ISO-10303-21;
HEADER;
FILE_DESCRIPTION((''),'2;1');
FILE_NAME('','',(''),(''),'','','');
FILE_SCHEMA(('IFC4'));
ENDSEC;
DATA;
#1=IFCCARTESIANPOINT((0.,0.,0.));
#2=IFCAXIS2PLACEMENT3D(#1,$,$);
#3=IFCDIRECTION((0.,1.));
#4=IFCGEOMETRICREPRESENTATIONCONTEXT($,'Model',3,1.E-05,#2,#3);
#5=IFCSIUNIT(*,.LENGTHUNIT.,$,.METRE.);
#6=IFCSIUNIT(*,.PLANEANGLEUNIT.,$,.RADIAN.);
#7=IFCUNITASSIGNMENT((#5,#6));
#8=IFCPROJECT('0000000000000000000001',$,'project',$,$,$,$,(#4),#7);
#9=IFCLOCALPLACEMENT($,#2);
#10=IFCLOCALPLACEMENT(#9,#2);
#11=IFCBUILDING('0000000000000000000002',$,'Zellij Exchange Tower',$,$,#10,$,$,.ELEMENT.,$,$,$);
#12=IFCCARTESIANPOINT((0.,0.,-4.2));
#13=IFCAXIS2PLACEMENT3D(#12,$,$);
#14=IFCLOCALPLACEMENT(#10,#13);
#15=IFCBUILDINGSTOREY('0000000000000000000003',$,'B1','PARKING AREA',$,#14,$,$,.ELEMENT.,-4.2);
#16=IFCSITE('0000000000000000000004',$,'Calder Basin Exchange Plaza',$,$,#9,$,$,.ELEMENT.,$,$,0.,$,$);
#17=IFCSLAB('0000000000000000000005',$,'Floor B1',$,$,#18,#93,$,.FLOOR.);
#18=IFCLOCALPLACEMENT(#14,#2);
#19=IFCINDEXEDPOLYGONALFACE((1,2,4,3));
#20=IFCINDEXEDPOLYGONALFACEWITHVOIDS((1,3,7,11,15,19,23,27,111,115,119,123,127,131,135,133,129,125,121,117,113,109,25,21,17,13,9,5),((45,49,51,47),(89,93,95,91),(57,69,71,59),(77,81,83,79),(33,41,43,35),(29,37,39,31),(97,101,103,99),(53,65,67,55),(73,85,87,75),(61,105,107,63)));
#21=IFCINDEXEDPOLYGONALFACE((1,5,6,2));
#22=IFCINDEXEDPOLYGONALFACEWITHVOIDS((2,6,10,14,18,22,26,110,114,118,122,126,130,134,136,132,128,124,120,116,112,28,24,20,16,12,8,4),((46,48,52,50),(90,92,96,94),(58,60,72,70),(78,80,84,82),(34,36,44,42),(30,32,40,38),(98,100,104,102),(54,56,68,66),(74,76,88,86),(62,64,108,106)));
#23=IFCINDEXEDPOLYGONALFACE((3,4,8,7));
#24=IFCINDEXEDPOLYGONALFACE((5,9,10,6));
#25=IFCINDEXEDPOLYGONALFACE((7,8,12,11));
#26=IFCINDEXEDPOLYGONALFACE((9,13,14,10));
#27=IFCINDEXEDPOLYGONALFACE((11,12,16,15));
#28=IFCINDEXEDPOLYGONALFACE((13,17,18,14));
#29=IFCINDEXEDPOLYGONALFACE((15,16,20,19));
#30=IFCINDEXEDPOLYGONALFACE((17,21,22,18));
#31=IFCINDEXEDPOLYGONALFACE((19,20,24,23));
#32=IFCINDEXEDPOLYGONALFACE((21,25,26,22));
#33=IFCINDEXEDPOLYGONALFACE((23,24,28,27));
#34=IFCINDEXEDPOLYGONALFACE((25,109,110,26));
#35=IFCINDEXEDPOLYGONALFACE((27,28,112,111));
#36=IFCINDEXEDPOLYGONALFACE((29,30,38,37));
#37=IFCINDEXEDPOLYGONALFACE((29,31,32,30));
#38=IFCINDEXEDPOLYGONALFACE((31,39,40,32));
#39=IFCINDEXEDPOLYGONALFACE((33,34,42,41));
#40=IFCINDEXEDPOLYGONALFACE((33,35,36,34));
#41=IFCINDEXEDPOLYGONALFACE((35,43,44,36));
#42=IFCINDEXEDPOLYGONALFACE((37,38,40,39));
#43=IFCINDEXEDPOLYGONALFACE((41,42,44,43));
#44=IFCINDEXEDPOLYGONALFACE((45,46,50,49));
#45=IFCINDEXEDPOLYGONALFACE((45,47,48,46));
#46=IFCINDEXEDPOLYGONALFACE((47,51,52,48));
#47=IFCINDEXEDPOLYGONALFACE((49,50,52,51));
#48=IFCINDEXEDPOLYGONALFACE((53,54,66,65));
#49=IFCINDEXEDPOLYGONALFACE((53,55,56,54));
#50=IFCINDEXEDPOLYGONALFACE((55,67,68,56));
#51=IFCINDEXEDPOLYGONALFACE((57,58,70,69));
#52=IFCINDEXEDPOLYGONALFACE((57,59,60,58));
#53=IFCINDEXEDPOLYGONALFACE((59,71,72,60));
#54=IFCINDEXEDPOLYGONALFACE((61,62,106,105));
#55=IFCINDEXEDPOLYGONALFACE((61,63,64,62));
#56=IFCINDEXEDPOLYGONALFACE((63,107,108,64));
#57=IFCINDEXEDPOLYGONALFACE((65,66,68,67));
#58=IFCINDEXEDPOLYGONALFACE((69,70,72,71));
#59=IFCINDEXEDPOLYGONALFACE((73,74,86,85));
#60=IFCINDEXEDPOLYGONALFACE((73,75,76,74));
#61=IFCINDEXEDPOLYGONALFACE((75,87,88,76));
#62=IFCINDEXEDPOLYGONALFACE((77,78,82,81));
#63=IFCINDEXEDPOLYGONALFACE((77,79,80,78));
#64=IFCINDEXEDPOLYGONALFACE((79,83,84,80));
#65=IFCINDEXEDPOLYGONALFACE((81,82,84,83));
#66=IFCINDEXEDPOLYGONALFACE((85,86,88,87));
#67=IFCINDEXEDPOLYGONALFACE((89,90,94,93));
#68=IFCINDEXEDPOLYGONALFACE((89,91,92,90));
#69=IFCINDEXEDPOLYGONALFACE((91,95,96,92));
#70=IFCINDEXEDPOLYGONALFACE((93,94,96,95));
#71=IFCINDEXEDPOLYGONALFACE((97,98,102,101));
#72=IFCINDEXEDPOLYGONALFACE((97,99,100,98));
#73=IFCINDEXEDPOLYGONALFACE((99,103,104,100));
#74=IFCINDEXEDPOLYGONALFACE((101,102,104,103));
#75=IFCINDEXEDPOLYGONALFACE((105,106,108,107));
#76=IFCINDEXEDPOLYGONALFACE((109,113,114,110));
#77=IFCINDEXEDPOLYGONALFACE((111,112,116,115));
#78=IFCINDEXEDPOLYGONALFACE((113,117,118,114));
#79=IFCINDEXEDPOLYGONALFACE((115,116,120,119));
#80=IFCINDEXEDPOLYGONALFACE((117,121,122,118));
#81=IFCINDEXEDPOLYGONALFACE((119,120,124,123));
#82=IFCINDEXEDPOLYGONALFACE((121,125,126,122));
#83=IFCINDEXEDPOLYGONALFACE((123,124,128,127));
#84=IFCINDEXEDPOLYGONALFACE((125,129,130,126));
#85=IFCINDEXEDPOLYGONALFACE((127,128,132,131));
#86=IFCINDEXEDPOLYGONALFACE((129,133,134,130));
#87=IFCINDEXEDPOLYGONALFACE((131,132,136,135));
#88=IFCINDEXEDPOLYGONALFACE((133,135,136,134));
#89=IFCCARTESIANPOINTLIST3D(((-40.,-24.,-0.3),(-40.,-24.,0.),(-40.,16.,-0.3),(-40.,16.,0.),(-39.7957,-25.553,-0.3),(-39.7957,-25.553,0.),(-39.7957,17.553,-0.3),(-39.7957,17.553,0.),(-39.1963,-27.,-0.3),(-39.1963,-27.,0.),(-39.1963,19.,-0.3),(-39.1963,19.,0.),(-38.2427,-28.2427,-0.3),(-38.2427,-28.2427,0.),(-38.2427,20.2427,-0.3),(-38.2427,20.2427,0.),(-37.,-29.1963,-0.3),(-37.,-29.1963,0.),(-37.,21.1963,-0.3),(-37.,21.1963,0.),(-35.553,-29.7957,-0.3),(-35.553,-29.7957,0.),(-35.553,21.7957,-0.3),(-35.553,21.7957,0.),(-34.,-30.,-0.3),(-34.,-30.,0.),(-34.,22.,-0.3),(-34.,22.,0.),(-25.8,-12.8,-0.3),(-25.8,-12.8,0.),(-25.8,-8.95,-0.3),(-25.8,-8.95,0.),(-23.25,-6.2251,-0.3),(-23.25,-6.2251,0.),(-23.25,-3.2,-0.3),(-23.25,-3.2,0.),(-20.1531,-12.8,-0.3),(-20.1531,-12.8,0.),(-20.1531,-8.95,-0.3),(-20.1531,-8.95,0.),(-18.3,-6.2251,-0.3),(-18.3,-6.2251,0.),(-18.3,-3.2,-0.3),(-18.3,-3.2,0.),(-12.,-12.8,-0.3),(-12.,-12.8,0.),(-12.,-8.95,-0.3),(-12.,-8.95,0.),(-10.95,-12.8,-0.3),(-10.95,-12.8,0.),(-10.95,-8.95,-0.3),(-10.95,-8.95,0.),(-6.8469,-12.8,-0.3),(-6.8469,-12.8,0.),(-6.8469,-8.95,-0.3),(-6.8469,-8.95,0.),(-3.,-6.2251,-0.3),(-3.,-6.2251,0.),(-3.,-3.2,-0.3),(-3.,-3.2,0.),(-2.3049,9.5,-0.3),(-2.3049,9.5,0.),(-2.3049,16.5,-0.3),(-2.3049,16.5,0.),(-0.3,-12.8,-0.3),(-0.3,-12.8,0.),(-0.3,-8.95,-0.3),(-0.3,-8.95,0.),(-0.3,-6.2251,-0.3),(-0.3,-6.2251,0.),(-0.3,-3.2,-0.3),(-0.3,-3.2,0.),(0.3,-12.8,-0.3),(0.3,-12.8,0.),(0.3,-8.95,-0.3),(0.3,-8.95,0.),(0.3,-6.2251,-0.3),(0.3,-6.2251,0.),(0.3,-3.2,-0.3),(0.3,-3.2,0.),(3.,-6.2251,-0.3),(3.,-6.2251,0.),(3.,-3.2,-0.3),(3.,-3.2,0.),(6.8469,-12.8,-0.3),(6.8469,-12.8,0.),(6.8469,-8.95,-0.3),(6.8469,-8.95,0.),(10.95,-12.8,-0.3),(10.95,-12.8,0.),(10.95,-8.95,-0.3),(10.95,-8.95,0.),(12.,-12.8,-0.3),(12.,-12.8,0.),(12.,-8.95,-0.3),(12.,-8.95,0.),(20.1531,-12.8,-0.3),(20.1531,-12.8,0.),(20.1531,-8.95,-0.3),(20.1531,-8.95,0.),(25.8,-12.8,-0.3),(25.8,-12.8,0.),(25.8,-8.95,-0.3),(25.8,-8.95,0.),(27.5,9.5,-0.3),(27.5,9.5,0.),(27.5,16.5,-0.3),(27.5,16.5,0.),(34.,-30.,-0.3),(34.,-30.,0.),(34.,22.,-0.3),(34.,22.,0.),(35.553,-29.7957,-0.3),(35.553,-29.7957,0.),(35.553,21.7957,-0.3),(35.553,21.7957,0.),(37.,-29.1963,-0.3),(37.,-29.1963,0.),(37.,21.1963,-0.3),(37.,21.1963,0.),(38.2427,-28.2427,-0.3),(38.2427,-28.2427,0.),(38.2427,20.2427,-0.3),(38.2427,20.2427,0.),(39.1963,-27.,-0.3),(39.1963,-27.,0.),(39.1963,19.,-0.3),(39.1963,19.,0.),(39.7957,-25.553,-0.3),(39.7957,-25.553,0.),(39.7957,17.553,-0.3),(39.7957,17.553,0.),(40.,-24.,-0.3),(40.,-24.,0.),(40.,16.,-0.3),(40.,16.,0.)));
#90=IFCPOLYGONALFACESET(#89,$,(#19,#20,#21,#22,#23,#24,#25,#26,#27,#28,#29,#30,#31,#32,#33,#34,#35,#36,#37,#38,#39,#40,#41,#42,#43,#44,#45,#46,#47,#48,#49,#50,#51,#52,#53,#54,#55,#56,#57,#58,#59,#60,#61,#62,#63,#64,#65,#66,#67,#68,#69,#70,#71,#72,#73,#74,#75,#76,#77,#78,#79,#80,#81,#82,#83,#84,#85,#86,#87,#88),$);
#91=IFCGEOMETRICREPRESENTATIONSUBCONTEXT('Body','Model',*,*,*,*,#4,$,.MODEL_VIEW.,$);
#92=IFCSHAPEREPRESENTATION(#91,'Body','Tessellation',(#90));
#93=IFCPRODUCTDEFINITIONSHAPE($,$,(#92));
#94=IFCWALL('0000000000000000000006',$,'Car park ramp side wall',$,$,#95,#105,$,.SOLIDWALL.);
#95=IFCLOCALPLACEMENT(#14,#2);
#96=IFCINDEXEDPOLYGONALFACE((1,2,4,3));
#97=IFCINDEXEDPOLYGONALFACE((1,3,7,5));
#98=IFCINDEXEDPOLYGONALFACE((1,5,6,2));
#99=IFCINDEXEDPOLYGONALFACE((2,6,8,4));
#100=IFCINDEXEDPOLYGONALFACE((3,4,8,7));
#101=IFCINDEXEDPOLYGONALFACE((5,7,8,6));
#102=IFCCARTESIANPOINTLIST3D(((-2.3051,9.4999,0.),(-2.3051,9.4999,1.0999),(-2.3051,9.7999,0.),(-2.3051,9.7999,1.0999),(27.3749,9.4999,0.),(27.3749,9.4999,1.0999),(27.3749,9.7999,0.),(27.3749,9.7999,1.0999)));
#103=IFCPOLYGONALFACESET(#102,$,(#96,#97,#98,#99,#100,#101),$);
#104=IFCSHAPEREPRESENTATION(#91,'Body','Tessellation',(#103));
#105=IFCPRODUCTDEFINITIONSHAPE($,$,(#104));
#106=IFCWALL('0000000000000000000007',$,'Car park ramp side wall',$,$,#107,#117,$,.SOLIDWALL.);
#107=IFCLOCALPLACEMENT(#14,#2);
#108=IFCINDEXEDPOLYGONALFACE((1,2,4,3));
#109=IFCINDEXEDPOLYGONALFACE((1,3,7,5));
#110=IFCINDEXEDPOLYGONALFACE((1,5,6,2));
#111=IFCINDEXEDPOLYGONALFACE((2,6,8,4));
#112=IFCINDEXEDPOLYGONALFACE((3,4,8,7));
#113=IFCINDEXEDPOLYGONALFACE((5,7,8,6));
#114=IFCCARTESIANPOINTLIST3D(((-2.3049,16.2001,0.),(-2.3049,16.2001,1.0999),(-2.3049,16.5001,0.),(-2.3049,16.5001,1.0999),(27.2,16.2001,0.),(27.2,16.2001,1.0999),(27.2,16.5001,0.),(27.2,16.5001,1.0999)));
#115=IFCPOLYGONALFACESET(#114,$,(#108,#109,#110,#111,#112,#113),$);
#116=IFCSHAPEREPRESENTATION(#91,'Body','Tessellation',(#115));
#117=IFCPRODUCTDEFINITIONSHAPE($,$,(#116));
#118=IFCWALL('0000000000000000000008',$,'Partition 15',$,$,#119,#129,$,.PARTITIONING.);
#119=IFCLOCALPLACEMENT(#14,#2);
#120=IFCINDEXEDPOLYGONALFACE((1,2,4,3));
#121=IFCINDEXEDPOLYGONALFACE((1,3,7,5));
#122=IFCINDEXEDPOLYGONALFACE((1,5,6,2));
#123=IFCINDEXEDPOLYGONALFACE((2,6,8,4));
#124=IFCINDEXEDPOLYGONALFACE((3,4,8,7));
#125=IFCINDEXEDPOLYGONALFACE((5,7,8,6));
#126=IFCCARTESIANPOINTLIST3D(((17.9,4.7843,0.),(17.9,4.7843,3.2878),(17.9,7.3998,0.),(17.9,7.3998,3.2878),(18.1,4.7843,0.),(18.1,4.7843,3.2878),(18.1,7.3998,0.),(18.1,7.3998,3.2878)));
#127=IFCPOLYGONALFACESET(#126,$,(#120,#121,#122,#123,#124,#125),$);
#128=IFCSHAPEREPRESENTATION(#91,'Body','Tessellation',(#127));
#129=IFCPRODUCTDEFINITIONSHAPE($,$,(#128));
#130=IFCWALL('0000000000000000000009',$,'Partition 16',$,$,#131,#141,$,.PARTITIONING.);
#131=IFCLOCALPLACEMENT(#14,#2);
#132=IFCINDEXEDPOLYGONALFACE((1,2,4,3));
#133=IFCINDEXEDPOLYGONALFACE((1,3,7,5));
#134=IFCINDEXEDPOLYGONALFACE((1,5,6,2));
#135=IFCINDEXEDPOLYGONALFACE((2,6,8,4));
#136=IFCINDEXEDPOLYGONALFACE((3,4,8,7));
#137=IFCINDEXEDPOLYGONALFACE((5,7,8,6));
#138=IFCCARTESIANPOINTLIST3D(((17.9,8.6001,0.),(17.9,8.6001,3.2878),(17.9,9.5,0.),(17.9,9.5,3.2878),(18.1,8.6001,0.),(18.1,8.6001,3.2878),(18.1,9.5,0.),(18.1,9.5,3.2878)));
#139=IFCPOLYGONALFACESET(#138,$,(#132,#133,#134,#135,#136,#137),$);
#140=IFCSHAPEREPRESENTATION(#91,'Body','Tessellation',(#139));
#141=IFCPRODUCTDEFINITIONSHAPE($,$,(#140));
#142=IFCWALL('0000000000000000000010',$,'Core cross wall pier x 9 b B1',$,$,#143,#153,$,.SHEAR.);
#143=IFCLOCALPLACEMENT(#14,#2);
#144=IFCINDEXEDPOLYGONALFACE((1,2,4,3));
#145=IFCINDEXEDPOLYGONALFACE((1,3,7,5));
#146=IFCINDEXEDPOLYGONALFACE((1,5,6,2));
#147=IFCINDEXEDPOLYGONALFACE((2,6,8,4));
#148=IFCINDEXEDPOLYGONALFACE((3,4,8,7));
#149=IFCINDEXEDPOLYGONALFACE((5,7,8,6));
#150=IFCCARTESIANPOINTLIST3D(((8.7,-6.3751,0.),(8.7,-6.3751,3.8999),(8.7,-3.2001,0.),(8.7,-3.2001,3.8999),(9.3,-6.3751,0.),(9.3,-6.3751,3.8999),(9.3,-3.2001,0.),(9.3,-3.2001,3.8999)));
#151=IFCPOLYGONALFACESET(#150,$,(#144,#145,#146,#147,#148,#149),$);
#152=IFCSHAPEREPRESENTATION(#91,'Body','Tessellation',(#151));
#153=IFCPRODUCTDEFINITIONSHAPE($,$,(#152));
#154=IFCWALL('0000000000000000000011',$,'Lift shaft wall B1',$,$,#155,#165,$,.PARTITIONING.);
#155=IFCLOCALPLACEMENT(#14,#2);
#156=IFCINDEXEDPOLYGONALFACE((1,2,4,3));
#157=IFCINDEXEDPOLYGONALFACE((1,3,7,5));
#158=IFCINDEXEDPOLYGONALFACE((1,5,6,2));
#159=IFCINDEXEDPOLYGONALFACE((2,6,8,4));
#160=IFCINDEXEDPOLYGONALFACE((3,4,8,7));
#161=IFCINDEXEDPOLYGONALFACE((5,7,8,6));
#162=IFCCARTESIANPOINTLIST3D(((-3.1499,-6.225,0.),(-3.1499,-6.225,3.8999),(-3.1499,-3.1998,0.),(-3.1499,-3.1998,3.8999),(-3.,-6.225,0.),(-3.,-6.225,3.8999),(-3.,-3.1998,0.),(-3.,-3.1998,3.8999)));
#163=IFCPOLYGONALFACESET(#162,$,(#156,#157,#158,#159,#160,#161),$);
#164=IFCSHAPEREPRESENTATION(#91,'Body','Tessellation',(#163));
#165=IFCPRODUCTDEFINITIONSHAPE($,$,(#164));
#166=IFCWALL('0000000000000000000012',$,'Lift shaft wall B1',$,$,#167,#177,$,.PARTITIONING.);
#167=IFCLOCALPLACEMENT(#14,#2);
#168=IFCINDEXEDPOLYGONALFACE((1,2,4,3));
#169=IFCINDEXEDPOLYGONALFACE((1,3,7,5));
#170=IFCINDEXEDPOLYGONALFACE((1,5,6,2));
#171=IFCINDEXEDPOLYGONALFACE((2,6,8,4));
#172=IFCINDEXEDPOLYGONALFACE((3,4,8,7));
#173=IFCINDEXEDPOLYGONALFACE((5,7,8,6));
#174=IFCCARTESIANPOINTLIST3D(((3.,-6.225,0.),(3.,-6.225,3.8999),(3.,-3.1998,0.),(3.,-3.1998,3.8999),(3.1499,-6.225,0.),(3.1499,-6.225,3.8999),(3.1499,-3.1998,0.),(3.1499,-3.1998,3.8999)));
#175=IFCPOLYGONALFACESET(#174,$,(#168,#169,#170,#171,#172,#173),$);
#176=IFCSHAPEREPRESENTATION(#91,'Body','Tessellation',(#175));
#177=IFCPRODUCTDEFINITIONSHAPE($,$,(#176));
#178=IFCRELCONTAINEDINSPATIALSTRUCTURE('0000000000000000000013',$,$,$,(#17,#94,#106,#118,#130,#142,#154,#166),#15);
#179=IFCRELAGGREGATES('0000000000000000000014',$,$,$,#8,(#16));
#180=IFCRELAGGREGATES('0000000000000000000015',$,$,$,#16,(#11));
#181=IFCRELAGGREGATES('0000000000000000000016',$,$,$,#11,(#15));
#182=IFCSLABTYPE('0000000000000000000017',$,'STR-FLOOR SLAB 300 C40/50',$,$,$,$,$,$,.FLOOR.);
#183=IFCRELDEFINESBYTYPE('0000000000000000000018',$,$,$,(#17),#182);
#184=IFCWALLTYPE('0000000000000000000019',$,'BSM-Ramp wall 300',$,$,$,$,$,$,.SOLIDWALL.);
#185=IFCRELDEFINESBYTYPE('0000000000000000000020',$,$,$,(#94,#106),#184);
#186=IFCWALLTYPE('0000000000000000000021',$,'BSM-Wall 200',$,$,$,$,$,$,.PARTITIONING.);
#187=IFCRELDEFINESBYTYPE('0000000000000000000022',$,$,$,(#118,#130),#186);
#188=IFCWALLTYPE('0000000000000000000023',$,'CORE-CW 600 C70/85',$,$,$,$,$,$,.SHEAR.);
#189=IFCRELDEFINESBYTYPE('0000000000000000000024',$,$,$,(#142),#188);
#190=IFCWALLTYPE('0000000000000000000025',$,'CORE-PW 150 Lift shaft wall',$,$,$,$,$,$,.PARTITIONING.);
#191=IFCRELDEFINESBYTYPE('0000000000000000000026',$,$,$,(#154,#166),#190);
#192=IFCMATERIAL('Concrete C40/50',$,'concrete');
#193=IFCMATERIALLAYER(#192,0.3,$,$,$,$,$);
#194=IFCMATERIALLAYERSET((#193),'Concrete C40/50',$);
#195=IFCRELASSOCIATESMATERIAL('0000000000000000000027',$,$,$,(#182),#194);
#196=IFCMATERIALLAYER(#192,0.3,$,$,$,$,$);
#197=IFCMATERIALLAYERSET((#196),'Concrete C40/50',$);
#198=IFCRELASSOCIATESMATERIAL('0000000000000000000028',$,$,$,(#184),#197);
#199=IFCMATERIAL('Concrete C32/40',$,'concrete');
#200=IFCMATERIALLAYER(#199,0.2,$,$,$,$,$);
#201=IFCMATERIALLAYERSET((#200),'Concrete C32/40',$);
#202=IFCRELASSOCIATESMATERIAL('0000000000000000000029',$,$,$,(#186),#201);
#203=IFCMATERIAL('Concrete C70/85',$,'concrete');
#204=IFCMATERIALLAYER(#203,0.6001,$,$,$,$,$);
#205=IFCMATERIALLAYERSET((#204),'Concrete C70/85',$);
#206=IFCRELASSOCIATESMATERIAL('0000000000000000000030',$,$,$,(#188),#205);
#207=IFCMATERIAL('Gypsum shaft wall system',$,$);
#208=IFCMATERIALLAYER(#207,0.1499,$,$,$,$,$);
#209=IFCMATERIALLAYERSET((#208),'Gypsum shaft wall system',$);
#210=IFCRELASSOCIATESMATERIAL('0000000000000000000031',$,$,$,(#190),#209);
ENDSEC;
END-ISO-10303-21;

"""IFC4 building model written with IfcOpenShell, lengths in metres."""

from ifc_helpers import new_model, si_unit, direction, frame, frame_2d, origin, place, context, subcontext, project, spatial, polyline, rectangle, outline, extrude, material, layer, layer_set, type_object, element, save


model = new_model("IFC4")

# Units and contexts
model_context = context("Model", 3, precision=1e-05, world=origin(), true_north=direction((0.0, 1.0)))
body_context = subcontext(model_context, "Body", "Model", "MODEL_VIEW")
ifc_project = project(units=[si_unit("LENGTHUNIT", "METRE"), si_unit("PLANEANGLEUNIT", "RADIAN")], contexts=[model_context])

# Site, building, storey
site_placement = place(None, origin())
site = spatial("IfcSite", under=ifc_project, at=site_placement, Name="Calder Basin Exchange Plaza", CompositionType="ELEMENT", RefElevation=0.0)
building_placement = place(site_placement, origin())
building = spatial("IfcBuilding", under=site, at=building_placement, Name="Zellij Exchange Tower", CompositionType="ELEMENT")
storey_placement = place(building_placement, frame((0.0, 0.0, -4.2)))
storey = spatial("IfcBuildingStorey", under=building, at=storey_placement, Name="B1", Description="PARKING AREA", CompositionType="ELEMENT", Elevation=-4.2)

# Shared definitions
ifc_material_1 = material(Name="Concrete C70/85", Category="concrete")

# Shared definitions
ifc_material_2 = material(Name="Concrete C40/50", Category="concrete")

# Slab
ifc_layer_1 = layer(ifc_material_2, 0.3)
ifc_layer_set_1 = layer_set([ifc_layer_1], Name="Concrete C40/50")
slab_type_1 = type_object("IfcSlabType", Name="STR-FLOOR SLAB 300 C40/50", PredefinedType="FLOOR", material=ifc_layer_set_1)
slab_1_placement = place(storey_placement, frame((0.0, 0.0, -0.3)))
element("IfcSlab", 1, at=slab_1_placement, inside=storey, type_object=slab_type_1, Name="Floor B1", PredefinedType="FLOOR", context=body_context, shape_type="SweptSolid", body=[
    extrude(outline(polyline([(-34.0, -30.0), (-35.553, -29.7957), (-37.0, -29.1963), (-38.2427, -28.2427), (-39.1963, -27.0), (-39.7957, -25.553), (-40.0, -24.0), (-40.0, 16.0), (-39.7957, 17.553), (-39.1963, 19.0), (-38.2427, 20.2427), (-37.0, 21.1963), (-35.553, 21.7957), (-34.0, 22.0), (34.0, 22.0), (35.553, 21.7957), (37.0, 21.1963), (38.2427, 20.2427), (39.1963, 19.0), (39.7957, 17.553), (40.0, 16.0), (40.0, -24.0), (39.7957, -25.553), (39.1963, -27.0), (38.2427, -28.2427), (37.0, -29.1963), (35.553, -29.7957), (34.0, -30.0), (-34.0, -30.0)]), holes=[polyline([(-25.8, -8.95), (-25.8, -12.8), (-20.1531, -12.8), (-20.1531, -8.95), (-25.8, -8.95)]), polyline([(-12.0, -8.95), (-12.0, -12.8), (-10.95, -12.8), (-10.95, -8.95), (-12.0, -8.95)]), polyline([(-6.8469, -8.95), (-6.8469, -12.8), (-0.3, -12.8), (-0.3, -8.95), (-6.8469, -8.95)]), polyline([(6.8469, -8.95), (0.3, -8.95), (0.3, -12.8), (6.8469, -12.8), (6.8469, -8.95)]), polyline([(12.0, -8.95), (10.95, -8.95), (10.95, -12.8), (12.0, -12.8), (12.0, -8.95)]), polyline([(20.1531, -8.95), (20.1531, -12.8), (25.8, -12.8), (25.8, -8.95), (20.1531, -8.95)]), polyline([(-23.25, -3.2), (-23.25, -6.2251), (-18.3, -6.2251), (-18.3, -3.2), (-23.25, -3.2)]), polyline([(-3.0, -3.2), (-3.0, -6.2251), (-0.3, -6.2251), (-0.3, -3.2), (-3.0, -3.2)]), polyline([(3.0, -3.2), (0.3, -3.2), (0.3, -6.2251), (3.0, -6.2251), (3.0, -3.2)]), polyline([(27.5, 16.5), (-2.3049, 16.5), (-2.3049, 9.5), (27.5, 9.5), (27.5, 16.5)])]), origin(), (0.0, 0.0, 1.0), 0.3),
])

# Walls
ifc_layer_2 = layer(ifc_material_2, 0.3)
ifc_layer_set_2 = layer_set([ifc_layer_2], Name="Concrete C40/50")
wall_type_1 = type_object("IfcWallType", Name="BSM-Ramp wall 300", PredefinedType="SOLIDWALL", material=ifc_layer_set_2)
wall_1_placement = place(storey_placement, frame((-2.3049, 9.6499, 0.0), z_axis=(0.0, 0.0, 1.0), x_axis=(1.0, 0.0, 0.0)))
element("IfcWall", 2, at=wall_1_placement, inside=storey, type_object=wall_type_1, Name="Car park ramp side wall", PredefinedType="SOLIDWALL", context=body_context, shape_type="SweptSolid", body=[
    extrude(rectangle(XDim=29.6799, YDim=0.3, at=frame_2d((14.8398, 0.0))), origin(), (0.0, 0.0, 1.0), 1.0999),
])
wall_2_placement = place(storey_placement, frame((-2.3049, 16.3501, 0.0), z_axis=(0.0, 0.0, 1.0), x_axis=(1.0, 0.0, 0.0)))
element("IfcWall", 3, at=wall_2_placement, inside=storey, type_object=wall_type_1, Name="Car park ramp side wall", PredefinedType="SOLIDWALL", context=body_context, shape_type="SweptSolid", body=[
    extrude(rectangle(XDim=29.5049, YDim=0.3, at=frame_2d((14.7524, 0.0))), origin(), (0.0, 0.0, 1.0), 1.0999),
])
ifc_material_3 = material(Name="Concrete C32/40", Category="concrete")
ifc_layer_3 = layer(ifc_material_3, 0.2)
ifc_layer_set_3 = layer_set([ifc_layer_3], Name="Concrete C32/40")
wall_type_2 = type_object("IfcWallType", Name="BSM-Wall 200", PredefinedType="PARTITIONING", material=ifc_layer_set_3)
wall_3_placement = place(storey_placement, frame((18.0, 4.7844, 0.0), z_axis=(0.0, 0.0, 1.0), x_axis=(0.0, 1.0, 0.0)))
element("IfcWall", 4, at=wall_3_placement, inside=storey, type_object=wall_type_2, Name="Partition 15", PredefinedType="PARTITIONING", context=body_context, shape_type="SweptSolid", body=[
    extrude(rectangle(XDim=2.6155, YDim=0.2, at=frame_2d((1.3076, 0.0))), origin(), (0.0, 0.0, 1.0), 3.2878),
])
wall_4_placement = place(storey_placement, frame((18.0, 8.6001, 0.0), z_axis=(0.0, 0.0, 1.0), x_axis=(0.0, 1.0, 0.0)))
element("IfcWall", 5, at=wall_4_placement, inside=storey, type_object=wall_type_2, Name="Partition 16", PredefinedType="PARTITIONING", context=body_context, shape_type="SweptSolid", body=[
    extrude(rectangle(XDim=0.8999, YDim=0.2, at=frame_2d((0.45, 0.0))), origin(), (0.0, 0.0, 1.0), 3.2878),
])
ifc_layer_4 = layer(ifc_material_1, 0.6001)
ifc_layer_set_4 = layer_set([ifc_layer_4], Name="Concrete C70/85")
wall_type_3 = type_object("IfcWallType", Name="CORE-CW 600 C70/85", PredefinedType="SHEAR", material=ifc_layer_set_4)
wall_5_placement = place(storey_placement, frame((9.0, -6.375, 0.0), z_axis=(0.0, 0.0, 1.0), x_axis=(0.0, 1.0, 0.0)))
element("IfcWall", 6, at=wall_5_placement, inside=storey, type_object=wall_type_3, Name="Core cross wall pier x 9 b B1", PredefinedType="SHEAR", context=body_context, shape_type="SweptSolid", body=[
    extrude(rectangle(XDim=3.175, YDim=0.6001, at=frame_2d((1.5874, 0.0))), origin(), (0.0, 0.0, 1.0), 3.8999),
])
ifc_material_4 = material(Name="Gypsum shaft wall system")
ifc_layer_5 = layer(ifc_material_4, 0.1499)
ifc_layer_set_5 = layer_set([ifc_layer_5], Name="Gypsum shaft wall system")
wall_type_4 = type_object("IfcWallType", Name="CORE-PW 150 Lift shaft wall", PredefinedType="PARTITIONING", material=ifc_layer_set_5)
for number, where, z_axis, x_axis, name in (
    (7, (-3.075, -6.2251, 0.0), (0.0, 0.0, 1.0), (0.0, 1.0, 0.0), "Lift shaft wall B1"),
    (8, (3.075, -6.2251, 0.0), (0.0, 0.0, 1.0), (0.0, 1.0, 0.0), "Lift shaft wall B1"),
):
    element("IfcWall", number, at=place(storey_placement, frame(where, z_axis=z_axis, x_axis=x_axis)), inside=storey, type_object=wall_type_4, Name=name, PredefinedType="PARTITIONING", context=body_context, shape_type="SweptSolid", body=[
        extrude(rectangle(XDim=3.0251, YDim=0.1499, at=frame_2d((1.5127, 0.0))), origin(), (0.0, 0.0, 1.0), 3.8999),
    ])

save(model, "model.ifc")
